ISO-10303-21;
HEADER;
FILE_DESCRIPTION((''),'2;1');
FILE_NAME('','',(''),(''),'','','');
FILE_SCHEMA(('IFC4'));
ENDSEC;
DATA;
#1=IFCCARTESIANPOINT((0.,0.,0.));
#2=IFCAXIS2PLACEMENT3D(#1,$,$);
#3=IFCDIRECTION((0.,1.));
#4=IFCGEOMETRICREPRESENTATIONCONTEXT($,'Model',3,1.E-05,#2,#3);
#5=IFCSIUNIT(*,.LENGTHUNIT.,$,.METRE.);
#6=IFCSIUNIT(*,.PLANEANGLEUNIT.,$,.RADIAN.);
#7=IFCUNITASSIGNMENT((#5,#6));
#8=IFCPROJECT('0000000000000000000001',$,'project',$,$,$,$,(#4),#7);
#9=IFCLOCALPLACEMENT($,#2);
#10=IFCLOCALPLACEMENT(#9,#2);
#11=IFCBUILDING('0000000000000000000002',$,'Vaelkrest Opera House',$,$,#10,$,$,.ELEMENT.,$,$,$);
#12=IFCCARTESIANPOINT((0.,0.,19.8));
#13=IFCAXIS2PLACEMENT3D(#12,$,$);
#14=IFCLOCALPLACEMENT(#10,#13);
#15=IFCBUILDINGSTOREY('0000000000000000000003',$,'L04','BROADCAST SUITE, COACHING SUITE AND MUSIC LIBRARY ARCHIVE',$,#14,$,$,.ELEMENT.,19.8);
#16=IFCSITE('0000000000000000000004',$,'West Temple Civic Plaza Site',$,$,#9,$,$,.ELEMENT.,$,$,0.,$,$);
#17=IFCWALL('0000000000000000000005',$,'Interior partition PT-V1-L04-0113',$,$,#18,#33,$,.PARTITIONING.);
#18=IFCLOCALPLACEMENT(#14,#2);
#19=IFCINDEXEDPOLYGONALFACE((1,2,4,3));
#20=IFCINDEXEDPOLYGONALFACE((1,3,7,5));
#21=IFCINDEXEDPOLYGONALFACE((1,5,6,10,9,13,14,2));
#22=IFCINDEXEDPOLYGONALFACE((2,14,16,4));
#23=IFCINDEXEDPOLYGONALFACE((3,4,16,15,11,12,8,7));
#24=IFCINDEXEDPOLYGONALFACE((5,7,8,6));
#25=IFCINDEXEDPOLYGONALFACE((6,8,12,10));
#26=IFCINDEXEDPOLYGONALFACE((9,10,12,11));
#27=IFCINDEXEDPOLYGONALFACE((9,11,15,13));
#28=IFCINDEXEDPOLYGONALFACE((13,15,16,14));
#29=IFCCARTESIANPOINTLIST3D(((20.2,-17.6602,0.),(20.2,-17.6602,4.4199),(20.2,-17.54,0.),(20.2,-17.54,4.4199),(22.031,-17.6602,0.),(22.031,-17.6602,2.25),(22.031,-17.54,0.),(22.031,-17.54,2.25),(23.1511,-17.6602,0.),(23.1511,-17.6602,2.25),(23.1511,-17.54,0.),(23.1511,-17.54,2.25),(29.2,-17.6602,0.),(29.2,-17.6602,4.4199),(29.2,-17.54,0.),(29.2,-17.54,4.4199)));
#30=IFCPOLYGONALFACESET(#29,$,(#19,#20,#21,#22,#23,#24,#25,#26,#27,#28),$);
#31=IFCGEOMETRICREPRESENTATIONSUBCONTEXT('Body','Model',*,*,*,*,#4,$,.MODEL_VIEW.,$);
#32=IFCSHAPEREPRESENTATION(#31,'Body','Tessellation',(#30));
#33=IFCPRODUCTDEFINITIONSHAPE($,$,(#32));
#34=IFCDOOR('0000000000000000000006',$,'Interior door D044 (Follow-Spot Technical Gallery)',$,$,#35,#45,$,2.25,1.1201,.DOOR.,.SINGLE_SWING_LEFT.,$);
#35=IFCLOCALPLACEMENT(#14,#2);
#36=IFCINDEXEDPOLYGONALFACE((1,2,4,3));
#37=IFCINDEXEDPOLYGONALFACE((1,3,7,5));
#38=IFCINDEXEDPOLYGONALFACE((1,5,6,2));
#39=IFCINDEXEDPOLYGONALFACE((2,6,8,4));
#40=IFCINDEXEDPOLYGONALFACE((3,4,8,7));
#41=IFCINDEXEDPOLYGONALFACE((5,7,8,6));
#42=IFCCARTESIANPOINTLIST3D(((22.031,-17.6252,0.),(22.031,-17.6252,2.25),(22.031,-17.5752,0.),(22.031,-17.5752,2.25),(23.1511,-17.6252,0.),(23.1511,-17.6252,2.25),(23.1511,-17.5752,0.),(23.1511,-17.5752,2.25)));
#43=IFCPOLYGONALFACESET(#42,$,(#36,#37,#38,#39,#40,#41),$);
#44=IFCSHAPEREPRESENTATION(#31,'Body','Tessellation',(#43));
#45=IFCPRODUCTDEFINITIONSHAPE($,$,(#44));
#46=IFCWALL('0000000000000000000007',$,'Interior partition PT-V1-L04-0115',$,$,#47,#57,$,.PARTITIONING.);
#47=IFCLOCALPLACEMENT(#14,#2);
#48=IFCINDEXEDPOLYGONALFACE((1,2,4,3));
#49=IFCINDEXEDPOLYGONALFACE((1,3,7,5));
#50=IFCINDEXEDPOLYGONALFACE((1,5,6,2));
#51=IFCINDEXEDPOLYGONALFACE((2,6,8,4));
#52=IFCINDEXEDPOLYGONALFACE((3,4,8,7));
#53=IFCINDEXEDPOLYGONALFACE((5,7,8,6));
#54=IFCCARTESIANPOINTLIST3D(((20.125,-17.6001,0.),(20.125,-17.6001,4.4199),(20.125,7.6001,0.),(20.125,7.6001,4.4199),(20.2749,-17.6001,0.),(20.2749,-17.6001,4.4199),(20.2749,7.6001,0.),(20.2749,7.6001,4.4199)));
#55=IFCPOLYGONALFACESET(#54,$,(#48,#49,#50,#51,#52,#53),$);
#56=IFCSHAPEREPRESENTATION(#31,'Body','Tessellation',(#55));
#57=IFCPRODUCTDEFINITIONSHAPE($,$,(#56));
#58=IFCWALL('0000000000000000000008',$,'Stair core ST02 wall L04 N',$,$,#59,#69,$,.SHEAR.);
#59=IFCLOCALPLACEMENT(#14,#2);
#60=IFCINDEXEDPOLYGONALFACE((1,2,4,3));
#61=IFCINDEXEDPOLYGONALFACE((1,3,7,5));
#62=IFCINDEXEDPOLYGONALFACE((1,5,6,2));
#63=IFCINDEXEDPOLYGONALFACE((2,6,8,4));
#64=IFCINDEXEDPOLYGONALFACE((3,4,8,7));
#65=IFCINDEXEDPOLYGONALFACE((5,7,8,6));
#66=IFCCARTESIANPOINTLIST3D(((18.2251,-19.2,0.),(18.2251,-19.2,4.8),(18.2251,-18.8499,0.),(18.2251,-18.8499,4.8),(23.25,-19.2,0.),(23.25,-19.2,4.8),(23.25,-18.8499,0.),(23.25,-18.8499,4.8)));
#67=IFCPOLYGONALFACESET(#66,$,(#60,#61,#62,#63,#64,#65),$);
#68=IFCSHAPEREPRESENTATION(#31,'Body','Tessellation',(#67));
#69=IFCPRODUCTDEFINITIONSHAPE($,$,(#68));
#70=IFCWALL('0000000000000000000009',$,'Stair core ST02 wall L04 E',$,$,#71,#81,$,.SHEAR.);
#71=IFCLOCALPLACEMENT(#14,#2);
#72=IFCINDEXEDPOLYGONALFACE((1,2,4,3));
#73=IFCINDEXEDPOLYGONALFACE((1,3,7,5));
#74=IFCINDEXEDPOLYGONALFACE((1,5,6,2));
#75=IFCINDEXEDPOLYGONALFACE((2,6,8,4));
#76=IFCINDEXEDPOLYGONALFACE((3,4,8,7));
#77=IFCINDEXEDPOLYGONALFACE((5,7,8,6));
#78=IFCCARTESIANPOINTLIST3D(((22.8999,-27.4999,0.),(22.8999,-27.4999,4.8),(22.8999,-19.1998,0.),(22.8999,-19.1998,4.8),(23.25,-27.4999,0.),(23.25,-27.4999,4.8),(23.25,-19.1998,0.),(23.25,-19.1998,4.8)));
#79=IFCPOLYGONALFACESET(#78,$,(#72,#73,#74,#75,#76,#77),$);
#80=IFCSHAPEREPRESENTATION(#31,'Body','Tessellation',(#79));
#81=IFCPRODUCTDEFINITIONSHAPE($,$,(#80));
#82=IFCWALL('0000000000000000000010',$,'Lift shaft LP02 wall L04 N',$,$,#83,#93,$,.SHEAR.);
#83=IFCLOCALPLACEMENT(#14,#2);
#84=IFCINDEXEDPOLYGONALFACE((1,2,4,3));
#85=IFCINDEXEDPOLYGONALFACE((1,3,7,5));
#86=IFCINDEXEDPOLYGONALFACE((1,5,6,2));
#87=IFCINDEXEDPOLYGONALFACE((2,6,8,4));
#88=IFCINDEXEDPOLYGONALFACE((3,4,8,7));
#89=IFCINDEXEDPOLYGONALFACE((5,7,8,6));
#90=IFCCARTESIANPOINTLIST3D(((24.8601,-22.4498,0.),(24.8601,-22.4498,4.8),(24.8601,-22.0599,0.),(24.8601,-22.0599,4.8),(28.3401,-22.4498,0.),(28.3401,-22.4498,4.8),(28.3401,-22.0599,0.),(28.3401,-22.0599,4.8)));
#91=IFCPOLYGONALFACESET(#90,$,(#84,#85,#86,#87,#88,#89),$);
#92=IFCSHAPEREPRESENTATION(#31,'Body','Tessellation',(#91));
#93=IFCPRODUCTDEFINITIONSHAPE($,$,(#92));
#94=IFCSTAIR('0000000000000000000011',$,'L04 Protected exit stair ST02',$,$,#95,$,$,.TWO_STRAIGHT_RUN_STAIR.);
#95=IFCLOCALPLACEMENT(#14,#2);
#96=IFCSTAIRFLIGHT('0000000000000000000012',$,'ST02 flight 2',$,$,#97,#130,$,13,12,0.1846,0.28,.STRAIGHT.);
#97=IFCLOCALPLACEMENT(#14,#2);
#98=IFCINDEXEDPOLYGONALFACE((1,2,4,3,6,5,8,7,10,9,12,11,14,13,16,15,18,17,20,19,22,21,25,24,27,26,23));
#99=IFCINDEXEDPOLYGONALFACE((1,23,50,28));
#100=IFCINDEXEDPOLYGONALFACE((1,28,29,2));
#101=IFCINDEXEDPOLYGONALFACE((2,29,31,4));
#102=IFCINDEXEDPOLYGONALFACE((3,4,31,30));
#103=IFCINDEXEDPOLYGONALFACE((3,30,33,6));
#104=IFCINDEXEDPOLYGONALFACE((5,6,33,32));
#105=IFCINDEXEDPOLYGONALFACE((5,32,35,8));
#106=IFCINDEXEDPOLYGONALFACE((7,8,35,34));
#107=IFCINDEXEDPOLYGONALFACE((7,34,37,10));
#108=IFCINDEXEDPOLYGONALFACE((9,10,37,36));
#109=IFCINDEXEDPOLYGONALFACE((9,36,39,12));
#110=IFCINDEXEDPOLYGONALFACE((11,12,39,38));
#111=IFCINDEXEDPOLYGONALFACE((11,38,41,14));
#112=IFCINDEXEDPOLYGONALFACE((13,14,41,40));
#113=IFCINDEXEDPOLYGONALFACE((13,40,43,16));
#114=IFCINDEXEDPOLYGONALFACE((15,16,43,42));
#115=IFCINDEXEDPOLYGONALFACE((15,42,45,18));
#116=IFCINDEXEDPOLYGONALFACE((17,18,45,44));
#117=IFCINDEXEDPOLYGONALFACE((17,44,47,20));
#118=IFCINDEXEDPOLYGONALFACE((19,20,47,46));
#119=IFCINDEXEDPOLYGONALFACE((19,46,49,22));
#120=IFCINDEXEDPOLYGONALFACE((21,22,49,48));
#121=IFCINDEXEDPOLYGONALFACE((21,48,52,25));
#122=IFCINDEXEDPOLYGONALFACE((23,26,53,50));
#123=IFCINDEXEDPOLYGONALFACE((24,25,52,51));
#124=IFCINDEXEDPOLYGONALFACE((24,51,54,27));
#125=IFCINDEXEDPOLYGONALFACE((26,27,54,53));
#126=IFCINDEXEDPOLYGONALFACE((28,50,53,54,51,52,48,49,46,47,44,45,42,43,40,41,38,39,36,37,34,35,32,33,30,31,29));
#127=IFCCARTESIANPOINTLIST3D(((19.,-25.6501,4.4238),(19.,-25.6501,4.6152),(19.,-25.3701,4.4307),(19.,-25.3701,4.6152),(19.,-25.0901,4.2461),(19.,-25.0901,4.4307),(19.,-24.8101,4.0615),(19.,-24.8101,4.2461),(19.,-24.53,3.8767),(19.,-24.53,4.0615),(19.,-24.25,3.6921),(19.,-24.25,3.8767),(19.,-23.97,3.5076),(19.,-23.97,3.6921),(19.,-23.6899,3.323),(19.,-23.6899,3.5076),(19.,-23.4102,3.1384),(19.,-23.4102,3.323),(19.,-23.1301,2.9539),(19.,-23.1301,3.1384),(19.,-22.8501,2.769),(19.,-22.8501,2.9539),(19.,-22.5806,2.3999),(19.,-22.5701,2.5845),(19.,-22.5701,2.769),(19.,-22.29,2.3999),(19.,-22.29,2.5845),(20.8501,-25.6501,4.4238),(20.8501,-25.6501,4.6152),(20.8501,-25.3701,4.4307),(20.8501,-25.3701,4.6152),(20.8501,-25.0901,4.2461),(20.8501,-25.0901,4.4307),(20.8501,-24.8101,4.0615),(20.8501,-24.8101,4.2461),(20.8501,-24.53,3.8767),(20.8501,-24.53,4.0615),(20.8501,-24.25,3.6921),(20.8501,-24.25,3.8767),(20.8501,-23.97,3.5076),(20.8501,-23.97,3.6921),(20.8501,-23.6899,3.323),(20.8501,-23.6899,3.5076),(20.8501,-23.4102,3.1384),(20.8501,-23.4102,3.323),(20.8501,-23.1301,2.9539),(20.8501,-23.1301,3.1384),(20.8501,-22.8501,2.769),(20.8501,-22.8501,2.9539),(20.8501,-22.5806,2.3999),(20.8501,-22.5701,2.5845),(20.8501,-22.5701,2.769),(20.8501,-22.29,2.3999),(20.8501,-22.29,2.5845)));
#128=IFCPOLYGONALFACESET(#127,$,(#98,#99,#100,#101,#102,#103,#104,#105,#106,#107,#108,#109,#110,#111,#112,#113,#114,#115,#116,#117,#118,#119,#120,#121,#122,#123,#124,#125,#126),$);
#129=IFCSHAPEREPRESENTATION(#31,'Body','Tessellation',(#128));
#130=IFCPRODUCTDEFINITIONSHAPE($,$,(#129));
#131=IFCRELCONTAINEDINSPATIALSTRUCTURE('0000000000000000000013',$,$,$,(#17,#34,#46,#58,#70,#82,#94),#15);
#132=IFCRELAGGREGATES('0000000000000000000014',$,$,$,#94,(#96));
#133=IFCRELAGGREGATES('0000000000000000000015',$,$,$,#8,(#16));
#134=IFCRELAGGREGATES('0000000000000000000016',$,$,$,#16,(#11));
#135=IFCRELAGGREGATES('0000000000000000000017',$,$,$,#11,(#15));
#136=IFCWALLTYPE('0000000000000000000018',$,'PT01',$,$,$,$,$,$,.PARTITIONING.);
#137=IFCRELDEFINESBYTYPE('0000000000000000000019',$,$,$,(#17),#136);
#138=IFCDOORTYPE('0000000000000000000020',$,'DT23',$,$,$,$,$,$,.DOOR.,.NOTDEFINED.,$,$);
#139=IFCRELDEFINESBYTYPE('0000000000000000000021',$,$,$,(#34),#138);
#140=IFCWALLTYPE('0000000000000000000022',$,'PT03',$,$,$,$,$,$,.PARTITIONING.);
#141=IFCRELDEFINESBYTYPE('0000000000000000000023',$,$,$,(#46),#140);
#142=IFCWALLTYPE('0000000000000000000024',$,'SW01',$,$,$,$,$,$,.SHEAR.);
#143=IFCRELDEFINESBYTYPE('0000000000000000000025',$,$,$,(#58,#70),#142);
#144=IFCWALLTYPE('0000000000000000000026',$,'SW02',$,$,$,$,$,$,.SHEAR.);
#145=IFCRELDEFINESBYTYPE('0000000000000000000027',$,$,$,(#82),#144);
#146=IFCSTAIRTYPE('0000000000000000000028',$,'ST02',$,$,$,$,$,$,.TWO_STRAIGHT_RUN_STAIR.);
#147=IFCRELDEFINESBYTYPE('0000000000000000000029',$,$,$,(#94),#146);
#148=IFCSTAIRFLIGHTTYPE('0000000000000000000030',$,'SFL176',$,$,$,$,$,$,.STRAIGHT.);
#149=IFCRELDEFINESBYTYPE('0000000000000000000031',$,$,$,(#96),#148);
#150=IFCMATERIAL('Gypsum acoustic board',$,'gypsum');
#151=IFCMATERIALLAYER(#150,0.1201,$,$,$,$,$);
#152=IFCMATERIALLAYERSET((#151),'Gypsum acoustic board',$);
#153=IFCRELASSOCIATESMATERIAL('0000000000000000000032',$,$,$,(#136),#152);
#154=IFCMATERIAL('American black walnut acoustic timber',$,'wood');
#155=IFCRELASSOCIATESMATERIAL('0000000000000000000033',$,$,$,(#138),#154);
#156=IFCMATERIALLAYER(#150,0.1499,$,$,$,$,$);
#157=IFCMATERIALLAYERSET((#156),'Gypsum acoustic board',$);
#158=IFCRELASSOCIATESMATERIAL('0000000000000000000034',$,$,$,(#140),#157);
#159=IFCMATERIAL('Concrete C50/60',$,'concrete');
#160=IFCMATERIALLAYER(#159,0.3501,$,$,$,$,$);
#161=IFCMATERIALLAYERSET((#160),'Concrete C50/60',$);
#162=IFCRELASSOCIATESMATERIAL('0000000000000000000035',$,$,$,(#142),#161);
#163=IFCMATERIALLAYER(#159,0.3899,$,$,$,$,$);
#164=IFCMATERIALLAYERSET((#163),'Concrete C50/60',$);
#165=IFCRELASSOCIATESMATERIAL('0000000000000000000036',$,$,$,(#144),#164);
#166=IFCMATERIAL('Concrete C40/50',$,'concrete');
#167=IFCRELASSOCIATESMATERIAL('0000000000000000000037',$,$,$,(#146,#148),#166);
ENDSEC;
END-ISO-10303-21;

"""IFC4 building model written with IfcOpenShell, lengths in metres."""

from ifc_helpers import new_model, si_unit, direction, frame, frame_2d, origin, place, context, subcontext, project, spatial, polyline, rectangle, outline, extrude, material, layer, layer_set, type_object, element, fill, aggregate, save


model = new_model("IFC4")

# Units and contexts
model_context = context("Model", 3, precision=1e-05, world=origin(), true_north=direction((0.0, 1.0)))
body_context = subcontext(model_context, "Body", "Model", "MODEL_VIEW")
ifc_project = project(units=[si_unit("LENGTHUNIT", "METRE"), si_unit("PLANEANGLEUNIT", "RADIAN")], contexts=[model_context])

# Site, building, storey
site_placement = place(None, origin())
site = spatial("IfcSite", under=ifc_project, at=site_placement, Name="West Temple Civic Plaza Site", CompositionType="ELEMENT", RefElevation=0.0)
building_placement = place(site_placement, origin())
building = spatial("IfcBuilding", under=site, at=building_placement, Name="Vaelkrest Opera House", CompositionType="ELEMENT")
storey_placement = place(building_placement, frame((0.0, 0.0, 19.8)))
storey = spatial("IfcBuildingStorey", under=building, at=storey_placement, Name="L04", Description="BROADCAST SUITE, COACHING SUITE AND MUSIC LIBRARY ARCHIVE", CompositionType="ELEMENT", Elevation=19.8)

# Shared definitions
ifc_material_1 = material(Name="Concrete C50/60", Category="concrete")

# Wall, opening, door
ifc_material_2 = material(Name="Gypsum acoustic board", Category="gypsum")
ifc_layer_1 = layer(ifc_material_2, 0.1201)
ifc_layer_set_1 = layer_set([ifc_layer_1], Name="Gypsum acoustic board")
wall_type_1 = type_object("IfcWallType", Name="PT01", PredefinedType="PARTITIONING", material=ifc_layer_set_1)
wall_1_placement = place(storey_placement, frame((20.2, -17.6001, 0.0), z_axis=(0.0, 0.0, 1.0), x_axis=(1.0, 0.0, 0.0)))
wall_1 = element("IfcWall", 1, at=wall_1_placement, inside=storey, type_object=wall_type_1, Name="Interior partition PT-V1-L04-0113", PredefinedType="PARTITIONING", context=body_context, shape_type="SweptSolid", body=[
    extrude(rectangle(XDim=9.0, YDim=0.1201, at=frame_2d((4.5, 0.0))), origin(), (0.0, 0.0, 1.0), 4.4199),
])
opening_placement = place(wall_1_placement, frame((1.8311, 0.0, 0.0)))
opening = element("IfcOpeningElement", 2, at=opening_placement, cuts=wall_1, PredefinedType="OPENING", context=body_context, shape_type="SweptSolid", body=[
    extrude(rectangle(XDim=1.1201, YDim=2.25, at=frame_2d((0.5601, 1.125))), frame((0.0, 0.0701, 0.0), z_axis=(0.0, -1.0, 0.0), x_axis=(1.0, 0.0, 0.0)), (0.0, 0.0, 1.0), 0.1401),
])
ifc_material_3 = material(Name="American black walnut acoustic timber", Category="wood")
door_type = type_object("IfcDoorType", Name="DT23", OperationType="NOTDEFINED", PredefinedType="DOOR", material=ifc_material_3)
door_placement = place(opening_placement, origin())
door = element("IfcDoor", 3, at=door_placement, inside=storey, type_object=door_type, Name="Interior door D044 (Follow-Spot Technical Gallery)", OperationType="SINGLE_SWING_LEFT", OverallHeight=2.25, OverallWidth=1.1201, PredefinedType="DOOR", context=body_context, shape_type="SweptSolid", body=[
    extrude(rectangle(XDim=1.1201, YDim=2.25, at=frame_2d((0.5601, 1.125))), frame((0.0, 0.0249, 0.0), z_axis=(0.0, -1.0, 0.0), x_axis=(1.0, 0.0, 0.0)), (0.0, 0.0, 1.0), 0.05),
])
fill(opening, door)

# Walls
ifc_layer_2 = layer(ifc_material_2, 0.1499)
ifc_layer_set_2 = layer_set([ifc_layer_2], Name="Gypsum acoustic board")
wall_type_2 = type_object("IfcWallType", Name="PT03", PredefinedType="PARTITIONING", material=ifc_layer_set_2)
wall_2_placement = place(storey_placement, frame((20.2, -17.6001, 0.0), z_axis=(0.0, 0.0, 1.0), x_axis=(0.0, 1.0, 0.0)))
element("IfcWall", 4, at=wall_2_placement, inside=storey, type_object=wall_type_2, Name="Interior partition PT-V1-L04-0115", PredefinedType="PARTITIONING", context=body_context, shape_type="SweptSolid", body=[
    extrude(rectangle(XDim=25.2002, YDim=0.1499, at=frame_2d((12.6001, 0.0))), origin(), (0.0, 0.0, 1.0), 4.4199),
])
ifc_layer_3 = layer(ifc_material_1, 0.3501)
ifc_layer_set_3 = layer_set([ifc_layer_3], Name="Concrete C50/60")
wall_type_3 = type_object("IfcWallType", Name="SW01", PredefinedType="SHEAR", material=ifc_layer_set_3)
wall_3_placement = place(storey_placement, frame((18.2251, -19.0249, 0.0), z_axis=(0.0, 0.0, 1.0), x_axis=(1.0, 0.0, 0.0)))
element("IfcWall", 5, at=wall_3_placement, inside=storey, type_object=wall_type_3, Name="Stair core ST02 wall L04 N", PredefinedType="SHEAR", context=body_context, shape_type="SweptSolid", body=[
    extrude(rectangle(XDim=5.0249, YDim=0.3501, at=frame_2d((2.5125, 0.0))), origin(), (0.0, 0.0, 1.0), 4.8),
])
wall_4_placement = place(storey_placement, frame((23.075, -19.2, 0.0), z_axis=(0.0, 0.0, 1.0), x_axis=(0.0, -1.0, 0.0)))
element("IfcWall", 6, at=wall_4_placement, inside=storey, type_object=wall_type_3, Name="Stair core ST02 wall L04 E", PredefinedType="SHEAR", context=body_context, shape_type="SweptSolid", body=[
    extrude(rectangle(XDim=8.3, YDim=0.3501, at=frame_2d((4.1499, 0.0))), origin(), (0.0, 0.0, 1.0), 4.8),
])
ifc_layer_4 = layer(ifc_material_1, 0.3899)
ifc_layer_set_4 = layer_set([ifc_layer_4], Name="Concrete C50/60")
wall_type_4 = type_object("IfcWallType", Name="SW02", PredefinedType="SHEAR", material=ifc_layer_set_4)
wall_5_placement = place(storey_placement, frame((24.8601, -22.2549, 0.0), z_axis=(0.0, 0.0, 1.0), x_axis=(1.0, 0.0, 0.0)))
element("IfcWall", 7, at=wall_5_placement, inside=storey, type_object=wall_type_4, Name="Lift shaft LP02 wall L04 N", PredefinedType="SHEAR", context=body_context, shape_type="SweptSolid", body=[
    extrude(rectangle(XDim=3.48, YDim=0.3899, at=frame_2d((1.74, 0.0))), origin(), (0.0, 0.0, 1.0), 4.8),
])

# Stair, stair flight
ifc_material_4 = material(Name="Concrete C40/50", Category="concrete")
stair_type = type_object("IfcStairType", Name="ST02", PredefinedType="TWO_STRAIGHT_RUN_STAIR", material=ifc_material_4)
stair_placement = place(storey_placement, origin())
stair = element("IfcStair", 8, at=stair_placement, inside=storey, type_object=stair_type, Name="L04 Protected exit stair ST02", PredefinedType="TWO_STRAIGHT_RUN_STAIR")
stair_flight_type = type_object("IfcStairFlightType", Name="SFL176", PredefinedType="STRAIGHT", material=ifc_material_4)
stair_flight_placement = place(storey_placement, frame((19.925, -22.29, 2.3999), z_axis=(0.0, 0.0, 1.0), x_axis=(0.0, -1.0, 0.0)))
stair_flight = element("IfcStairFlight", 9, at=stair_flight_placement, type_object=stair_flight_type, Name="ST02 flight 2", NumberOfRisers=13, NumberOfTreads=12, PredefinedType="STRAIGHT", RiserHeight=0.1846, TreadLength=0.28, context=body_context, shape_type="SweptSolid", body=[
    extrude(outline(polyline([(0.0, 0.0), (0.0, 0.1846), (0.28, 0.1846), (0.28, 0.3691), (0.5601, 0.3691), (0.5601, 0.554), (0.8401, 0.554), (0.8401, 0.7385), (1.1201, 0.7385), (1.1201, 0.9231), (1.3999, 0.9231), (1.3999, 1.1077), (1.6799, 1.1077), (1.6799, 1.2922), (1.96, 1.2922), (1.96, 1.4768), (2.24, 1.4768), (2.24, 1.6616), (2.52, 1.6616), (2.52, 1.8462), (2.8, 1.8462), (2.8, 2.0308), (3.0801, 2.0308), (3.0801, 2.2153), (3.3601, 2.2153), (3.3601, 2.3999), (3.3601, 2.0239), (0.2905, 0.0), (0.0, 0.0)])), frame((0.0, 0.925, 0.0), z_axis=(0.0, -1.0, 0.0), x_axis=(1.0, 0.0, 0.0)), (0.0, 0.0, 1.0), 1.8501),
])
aggregate(stair, [stair_flight])

save(model, "model.ifc")
